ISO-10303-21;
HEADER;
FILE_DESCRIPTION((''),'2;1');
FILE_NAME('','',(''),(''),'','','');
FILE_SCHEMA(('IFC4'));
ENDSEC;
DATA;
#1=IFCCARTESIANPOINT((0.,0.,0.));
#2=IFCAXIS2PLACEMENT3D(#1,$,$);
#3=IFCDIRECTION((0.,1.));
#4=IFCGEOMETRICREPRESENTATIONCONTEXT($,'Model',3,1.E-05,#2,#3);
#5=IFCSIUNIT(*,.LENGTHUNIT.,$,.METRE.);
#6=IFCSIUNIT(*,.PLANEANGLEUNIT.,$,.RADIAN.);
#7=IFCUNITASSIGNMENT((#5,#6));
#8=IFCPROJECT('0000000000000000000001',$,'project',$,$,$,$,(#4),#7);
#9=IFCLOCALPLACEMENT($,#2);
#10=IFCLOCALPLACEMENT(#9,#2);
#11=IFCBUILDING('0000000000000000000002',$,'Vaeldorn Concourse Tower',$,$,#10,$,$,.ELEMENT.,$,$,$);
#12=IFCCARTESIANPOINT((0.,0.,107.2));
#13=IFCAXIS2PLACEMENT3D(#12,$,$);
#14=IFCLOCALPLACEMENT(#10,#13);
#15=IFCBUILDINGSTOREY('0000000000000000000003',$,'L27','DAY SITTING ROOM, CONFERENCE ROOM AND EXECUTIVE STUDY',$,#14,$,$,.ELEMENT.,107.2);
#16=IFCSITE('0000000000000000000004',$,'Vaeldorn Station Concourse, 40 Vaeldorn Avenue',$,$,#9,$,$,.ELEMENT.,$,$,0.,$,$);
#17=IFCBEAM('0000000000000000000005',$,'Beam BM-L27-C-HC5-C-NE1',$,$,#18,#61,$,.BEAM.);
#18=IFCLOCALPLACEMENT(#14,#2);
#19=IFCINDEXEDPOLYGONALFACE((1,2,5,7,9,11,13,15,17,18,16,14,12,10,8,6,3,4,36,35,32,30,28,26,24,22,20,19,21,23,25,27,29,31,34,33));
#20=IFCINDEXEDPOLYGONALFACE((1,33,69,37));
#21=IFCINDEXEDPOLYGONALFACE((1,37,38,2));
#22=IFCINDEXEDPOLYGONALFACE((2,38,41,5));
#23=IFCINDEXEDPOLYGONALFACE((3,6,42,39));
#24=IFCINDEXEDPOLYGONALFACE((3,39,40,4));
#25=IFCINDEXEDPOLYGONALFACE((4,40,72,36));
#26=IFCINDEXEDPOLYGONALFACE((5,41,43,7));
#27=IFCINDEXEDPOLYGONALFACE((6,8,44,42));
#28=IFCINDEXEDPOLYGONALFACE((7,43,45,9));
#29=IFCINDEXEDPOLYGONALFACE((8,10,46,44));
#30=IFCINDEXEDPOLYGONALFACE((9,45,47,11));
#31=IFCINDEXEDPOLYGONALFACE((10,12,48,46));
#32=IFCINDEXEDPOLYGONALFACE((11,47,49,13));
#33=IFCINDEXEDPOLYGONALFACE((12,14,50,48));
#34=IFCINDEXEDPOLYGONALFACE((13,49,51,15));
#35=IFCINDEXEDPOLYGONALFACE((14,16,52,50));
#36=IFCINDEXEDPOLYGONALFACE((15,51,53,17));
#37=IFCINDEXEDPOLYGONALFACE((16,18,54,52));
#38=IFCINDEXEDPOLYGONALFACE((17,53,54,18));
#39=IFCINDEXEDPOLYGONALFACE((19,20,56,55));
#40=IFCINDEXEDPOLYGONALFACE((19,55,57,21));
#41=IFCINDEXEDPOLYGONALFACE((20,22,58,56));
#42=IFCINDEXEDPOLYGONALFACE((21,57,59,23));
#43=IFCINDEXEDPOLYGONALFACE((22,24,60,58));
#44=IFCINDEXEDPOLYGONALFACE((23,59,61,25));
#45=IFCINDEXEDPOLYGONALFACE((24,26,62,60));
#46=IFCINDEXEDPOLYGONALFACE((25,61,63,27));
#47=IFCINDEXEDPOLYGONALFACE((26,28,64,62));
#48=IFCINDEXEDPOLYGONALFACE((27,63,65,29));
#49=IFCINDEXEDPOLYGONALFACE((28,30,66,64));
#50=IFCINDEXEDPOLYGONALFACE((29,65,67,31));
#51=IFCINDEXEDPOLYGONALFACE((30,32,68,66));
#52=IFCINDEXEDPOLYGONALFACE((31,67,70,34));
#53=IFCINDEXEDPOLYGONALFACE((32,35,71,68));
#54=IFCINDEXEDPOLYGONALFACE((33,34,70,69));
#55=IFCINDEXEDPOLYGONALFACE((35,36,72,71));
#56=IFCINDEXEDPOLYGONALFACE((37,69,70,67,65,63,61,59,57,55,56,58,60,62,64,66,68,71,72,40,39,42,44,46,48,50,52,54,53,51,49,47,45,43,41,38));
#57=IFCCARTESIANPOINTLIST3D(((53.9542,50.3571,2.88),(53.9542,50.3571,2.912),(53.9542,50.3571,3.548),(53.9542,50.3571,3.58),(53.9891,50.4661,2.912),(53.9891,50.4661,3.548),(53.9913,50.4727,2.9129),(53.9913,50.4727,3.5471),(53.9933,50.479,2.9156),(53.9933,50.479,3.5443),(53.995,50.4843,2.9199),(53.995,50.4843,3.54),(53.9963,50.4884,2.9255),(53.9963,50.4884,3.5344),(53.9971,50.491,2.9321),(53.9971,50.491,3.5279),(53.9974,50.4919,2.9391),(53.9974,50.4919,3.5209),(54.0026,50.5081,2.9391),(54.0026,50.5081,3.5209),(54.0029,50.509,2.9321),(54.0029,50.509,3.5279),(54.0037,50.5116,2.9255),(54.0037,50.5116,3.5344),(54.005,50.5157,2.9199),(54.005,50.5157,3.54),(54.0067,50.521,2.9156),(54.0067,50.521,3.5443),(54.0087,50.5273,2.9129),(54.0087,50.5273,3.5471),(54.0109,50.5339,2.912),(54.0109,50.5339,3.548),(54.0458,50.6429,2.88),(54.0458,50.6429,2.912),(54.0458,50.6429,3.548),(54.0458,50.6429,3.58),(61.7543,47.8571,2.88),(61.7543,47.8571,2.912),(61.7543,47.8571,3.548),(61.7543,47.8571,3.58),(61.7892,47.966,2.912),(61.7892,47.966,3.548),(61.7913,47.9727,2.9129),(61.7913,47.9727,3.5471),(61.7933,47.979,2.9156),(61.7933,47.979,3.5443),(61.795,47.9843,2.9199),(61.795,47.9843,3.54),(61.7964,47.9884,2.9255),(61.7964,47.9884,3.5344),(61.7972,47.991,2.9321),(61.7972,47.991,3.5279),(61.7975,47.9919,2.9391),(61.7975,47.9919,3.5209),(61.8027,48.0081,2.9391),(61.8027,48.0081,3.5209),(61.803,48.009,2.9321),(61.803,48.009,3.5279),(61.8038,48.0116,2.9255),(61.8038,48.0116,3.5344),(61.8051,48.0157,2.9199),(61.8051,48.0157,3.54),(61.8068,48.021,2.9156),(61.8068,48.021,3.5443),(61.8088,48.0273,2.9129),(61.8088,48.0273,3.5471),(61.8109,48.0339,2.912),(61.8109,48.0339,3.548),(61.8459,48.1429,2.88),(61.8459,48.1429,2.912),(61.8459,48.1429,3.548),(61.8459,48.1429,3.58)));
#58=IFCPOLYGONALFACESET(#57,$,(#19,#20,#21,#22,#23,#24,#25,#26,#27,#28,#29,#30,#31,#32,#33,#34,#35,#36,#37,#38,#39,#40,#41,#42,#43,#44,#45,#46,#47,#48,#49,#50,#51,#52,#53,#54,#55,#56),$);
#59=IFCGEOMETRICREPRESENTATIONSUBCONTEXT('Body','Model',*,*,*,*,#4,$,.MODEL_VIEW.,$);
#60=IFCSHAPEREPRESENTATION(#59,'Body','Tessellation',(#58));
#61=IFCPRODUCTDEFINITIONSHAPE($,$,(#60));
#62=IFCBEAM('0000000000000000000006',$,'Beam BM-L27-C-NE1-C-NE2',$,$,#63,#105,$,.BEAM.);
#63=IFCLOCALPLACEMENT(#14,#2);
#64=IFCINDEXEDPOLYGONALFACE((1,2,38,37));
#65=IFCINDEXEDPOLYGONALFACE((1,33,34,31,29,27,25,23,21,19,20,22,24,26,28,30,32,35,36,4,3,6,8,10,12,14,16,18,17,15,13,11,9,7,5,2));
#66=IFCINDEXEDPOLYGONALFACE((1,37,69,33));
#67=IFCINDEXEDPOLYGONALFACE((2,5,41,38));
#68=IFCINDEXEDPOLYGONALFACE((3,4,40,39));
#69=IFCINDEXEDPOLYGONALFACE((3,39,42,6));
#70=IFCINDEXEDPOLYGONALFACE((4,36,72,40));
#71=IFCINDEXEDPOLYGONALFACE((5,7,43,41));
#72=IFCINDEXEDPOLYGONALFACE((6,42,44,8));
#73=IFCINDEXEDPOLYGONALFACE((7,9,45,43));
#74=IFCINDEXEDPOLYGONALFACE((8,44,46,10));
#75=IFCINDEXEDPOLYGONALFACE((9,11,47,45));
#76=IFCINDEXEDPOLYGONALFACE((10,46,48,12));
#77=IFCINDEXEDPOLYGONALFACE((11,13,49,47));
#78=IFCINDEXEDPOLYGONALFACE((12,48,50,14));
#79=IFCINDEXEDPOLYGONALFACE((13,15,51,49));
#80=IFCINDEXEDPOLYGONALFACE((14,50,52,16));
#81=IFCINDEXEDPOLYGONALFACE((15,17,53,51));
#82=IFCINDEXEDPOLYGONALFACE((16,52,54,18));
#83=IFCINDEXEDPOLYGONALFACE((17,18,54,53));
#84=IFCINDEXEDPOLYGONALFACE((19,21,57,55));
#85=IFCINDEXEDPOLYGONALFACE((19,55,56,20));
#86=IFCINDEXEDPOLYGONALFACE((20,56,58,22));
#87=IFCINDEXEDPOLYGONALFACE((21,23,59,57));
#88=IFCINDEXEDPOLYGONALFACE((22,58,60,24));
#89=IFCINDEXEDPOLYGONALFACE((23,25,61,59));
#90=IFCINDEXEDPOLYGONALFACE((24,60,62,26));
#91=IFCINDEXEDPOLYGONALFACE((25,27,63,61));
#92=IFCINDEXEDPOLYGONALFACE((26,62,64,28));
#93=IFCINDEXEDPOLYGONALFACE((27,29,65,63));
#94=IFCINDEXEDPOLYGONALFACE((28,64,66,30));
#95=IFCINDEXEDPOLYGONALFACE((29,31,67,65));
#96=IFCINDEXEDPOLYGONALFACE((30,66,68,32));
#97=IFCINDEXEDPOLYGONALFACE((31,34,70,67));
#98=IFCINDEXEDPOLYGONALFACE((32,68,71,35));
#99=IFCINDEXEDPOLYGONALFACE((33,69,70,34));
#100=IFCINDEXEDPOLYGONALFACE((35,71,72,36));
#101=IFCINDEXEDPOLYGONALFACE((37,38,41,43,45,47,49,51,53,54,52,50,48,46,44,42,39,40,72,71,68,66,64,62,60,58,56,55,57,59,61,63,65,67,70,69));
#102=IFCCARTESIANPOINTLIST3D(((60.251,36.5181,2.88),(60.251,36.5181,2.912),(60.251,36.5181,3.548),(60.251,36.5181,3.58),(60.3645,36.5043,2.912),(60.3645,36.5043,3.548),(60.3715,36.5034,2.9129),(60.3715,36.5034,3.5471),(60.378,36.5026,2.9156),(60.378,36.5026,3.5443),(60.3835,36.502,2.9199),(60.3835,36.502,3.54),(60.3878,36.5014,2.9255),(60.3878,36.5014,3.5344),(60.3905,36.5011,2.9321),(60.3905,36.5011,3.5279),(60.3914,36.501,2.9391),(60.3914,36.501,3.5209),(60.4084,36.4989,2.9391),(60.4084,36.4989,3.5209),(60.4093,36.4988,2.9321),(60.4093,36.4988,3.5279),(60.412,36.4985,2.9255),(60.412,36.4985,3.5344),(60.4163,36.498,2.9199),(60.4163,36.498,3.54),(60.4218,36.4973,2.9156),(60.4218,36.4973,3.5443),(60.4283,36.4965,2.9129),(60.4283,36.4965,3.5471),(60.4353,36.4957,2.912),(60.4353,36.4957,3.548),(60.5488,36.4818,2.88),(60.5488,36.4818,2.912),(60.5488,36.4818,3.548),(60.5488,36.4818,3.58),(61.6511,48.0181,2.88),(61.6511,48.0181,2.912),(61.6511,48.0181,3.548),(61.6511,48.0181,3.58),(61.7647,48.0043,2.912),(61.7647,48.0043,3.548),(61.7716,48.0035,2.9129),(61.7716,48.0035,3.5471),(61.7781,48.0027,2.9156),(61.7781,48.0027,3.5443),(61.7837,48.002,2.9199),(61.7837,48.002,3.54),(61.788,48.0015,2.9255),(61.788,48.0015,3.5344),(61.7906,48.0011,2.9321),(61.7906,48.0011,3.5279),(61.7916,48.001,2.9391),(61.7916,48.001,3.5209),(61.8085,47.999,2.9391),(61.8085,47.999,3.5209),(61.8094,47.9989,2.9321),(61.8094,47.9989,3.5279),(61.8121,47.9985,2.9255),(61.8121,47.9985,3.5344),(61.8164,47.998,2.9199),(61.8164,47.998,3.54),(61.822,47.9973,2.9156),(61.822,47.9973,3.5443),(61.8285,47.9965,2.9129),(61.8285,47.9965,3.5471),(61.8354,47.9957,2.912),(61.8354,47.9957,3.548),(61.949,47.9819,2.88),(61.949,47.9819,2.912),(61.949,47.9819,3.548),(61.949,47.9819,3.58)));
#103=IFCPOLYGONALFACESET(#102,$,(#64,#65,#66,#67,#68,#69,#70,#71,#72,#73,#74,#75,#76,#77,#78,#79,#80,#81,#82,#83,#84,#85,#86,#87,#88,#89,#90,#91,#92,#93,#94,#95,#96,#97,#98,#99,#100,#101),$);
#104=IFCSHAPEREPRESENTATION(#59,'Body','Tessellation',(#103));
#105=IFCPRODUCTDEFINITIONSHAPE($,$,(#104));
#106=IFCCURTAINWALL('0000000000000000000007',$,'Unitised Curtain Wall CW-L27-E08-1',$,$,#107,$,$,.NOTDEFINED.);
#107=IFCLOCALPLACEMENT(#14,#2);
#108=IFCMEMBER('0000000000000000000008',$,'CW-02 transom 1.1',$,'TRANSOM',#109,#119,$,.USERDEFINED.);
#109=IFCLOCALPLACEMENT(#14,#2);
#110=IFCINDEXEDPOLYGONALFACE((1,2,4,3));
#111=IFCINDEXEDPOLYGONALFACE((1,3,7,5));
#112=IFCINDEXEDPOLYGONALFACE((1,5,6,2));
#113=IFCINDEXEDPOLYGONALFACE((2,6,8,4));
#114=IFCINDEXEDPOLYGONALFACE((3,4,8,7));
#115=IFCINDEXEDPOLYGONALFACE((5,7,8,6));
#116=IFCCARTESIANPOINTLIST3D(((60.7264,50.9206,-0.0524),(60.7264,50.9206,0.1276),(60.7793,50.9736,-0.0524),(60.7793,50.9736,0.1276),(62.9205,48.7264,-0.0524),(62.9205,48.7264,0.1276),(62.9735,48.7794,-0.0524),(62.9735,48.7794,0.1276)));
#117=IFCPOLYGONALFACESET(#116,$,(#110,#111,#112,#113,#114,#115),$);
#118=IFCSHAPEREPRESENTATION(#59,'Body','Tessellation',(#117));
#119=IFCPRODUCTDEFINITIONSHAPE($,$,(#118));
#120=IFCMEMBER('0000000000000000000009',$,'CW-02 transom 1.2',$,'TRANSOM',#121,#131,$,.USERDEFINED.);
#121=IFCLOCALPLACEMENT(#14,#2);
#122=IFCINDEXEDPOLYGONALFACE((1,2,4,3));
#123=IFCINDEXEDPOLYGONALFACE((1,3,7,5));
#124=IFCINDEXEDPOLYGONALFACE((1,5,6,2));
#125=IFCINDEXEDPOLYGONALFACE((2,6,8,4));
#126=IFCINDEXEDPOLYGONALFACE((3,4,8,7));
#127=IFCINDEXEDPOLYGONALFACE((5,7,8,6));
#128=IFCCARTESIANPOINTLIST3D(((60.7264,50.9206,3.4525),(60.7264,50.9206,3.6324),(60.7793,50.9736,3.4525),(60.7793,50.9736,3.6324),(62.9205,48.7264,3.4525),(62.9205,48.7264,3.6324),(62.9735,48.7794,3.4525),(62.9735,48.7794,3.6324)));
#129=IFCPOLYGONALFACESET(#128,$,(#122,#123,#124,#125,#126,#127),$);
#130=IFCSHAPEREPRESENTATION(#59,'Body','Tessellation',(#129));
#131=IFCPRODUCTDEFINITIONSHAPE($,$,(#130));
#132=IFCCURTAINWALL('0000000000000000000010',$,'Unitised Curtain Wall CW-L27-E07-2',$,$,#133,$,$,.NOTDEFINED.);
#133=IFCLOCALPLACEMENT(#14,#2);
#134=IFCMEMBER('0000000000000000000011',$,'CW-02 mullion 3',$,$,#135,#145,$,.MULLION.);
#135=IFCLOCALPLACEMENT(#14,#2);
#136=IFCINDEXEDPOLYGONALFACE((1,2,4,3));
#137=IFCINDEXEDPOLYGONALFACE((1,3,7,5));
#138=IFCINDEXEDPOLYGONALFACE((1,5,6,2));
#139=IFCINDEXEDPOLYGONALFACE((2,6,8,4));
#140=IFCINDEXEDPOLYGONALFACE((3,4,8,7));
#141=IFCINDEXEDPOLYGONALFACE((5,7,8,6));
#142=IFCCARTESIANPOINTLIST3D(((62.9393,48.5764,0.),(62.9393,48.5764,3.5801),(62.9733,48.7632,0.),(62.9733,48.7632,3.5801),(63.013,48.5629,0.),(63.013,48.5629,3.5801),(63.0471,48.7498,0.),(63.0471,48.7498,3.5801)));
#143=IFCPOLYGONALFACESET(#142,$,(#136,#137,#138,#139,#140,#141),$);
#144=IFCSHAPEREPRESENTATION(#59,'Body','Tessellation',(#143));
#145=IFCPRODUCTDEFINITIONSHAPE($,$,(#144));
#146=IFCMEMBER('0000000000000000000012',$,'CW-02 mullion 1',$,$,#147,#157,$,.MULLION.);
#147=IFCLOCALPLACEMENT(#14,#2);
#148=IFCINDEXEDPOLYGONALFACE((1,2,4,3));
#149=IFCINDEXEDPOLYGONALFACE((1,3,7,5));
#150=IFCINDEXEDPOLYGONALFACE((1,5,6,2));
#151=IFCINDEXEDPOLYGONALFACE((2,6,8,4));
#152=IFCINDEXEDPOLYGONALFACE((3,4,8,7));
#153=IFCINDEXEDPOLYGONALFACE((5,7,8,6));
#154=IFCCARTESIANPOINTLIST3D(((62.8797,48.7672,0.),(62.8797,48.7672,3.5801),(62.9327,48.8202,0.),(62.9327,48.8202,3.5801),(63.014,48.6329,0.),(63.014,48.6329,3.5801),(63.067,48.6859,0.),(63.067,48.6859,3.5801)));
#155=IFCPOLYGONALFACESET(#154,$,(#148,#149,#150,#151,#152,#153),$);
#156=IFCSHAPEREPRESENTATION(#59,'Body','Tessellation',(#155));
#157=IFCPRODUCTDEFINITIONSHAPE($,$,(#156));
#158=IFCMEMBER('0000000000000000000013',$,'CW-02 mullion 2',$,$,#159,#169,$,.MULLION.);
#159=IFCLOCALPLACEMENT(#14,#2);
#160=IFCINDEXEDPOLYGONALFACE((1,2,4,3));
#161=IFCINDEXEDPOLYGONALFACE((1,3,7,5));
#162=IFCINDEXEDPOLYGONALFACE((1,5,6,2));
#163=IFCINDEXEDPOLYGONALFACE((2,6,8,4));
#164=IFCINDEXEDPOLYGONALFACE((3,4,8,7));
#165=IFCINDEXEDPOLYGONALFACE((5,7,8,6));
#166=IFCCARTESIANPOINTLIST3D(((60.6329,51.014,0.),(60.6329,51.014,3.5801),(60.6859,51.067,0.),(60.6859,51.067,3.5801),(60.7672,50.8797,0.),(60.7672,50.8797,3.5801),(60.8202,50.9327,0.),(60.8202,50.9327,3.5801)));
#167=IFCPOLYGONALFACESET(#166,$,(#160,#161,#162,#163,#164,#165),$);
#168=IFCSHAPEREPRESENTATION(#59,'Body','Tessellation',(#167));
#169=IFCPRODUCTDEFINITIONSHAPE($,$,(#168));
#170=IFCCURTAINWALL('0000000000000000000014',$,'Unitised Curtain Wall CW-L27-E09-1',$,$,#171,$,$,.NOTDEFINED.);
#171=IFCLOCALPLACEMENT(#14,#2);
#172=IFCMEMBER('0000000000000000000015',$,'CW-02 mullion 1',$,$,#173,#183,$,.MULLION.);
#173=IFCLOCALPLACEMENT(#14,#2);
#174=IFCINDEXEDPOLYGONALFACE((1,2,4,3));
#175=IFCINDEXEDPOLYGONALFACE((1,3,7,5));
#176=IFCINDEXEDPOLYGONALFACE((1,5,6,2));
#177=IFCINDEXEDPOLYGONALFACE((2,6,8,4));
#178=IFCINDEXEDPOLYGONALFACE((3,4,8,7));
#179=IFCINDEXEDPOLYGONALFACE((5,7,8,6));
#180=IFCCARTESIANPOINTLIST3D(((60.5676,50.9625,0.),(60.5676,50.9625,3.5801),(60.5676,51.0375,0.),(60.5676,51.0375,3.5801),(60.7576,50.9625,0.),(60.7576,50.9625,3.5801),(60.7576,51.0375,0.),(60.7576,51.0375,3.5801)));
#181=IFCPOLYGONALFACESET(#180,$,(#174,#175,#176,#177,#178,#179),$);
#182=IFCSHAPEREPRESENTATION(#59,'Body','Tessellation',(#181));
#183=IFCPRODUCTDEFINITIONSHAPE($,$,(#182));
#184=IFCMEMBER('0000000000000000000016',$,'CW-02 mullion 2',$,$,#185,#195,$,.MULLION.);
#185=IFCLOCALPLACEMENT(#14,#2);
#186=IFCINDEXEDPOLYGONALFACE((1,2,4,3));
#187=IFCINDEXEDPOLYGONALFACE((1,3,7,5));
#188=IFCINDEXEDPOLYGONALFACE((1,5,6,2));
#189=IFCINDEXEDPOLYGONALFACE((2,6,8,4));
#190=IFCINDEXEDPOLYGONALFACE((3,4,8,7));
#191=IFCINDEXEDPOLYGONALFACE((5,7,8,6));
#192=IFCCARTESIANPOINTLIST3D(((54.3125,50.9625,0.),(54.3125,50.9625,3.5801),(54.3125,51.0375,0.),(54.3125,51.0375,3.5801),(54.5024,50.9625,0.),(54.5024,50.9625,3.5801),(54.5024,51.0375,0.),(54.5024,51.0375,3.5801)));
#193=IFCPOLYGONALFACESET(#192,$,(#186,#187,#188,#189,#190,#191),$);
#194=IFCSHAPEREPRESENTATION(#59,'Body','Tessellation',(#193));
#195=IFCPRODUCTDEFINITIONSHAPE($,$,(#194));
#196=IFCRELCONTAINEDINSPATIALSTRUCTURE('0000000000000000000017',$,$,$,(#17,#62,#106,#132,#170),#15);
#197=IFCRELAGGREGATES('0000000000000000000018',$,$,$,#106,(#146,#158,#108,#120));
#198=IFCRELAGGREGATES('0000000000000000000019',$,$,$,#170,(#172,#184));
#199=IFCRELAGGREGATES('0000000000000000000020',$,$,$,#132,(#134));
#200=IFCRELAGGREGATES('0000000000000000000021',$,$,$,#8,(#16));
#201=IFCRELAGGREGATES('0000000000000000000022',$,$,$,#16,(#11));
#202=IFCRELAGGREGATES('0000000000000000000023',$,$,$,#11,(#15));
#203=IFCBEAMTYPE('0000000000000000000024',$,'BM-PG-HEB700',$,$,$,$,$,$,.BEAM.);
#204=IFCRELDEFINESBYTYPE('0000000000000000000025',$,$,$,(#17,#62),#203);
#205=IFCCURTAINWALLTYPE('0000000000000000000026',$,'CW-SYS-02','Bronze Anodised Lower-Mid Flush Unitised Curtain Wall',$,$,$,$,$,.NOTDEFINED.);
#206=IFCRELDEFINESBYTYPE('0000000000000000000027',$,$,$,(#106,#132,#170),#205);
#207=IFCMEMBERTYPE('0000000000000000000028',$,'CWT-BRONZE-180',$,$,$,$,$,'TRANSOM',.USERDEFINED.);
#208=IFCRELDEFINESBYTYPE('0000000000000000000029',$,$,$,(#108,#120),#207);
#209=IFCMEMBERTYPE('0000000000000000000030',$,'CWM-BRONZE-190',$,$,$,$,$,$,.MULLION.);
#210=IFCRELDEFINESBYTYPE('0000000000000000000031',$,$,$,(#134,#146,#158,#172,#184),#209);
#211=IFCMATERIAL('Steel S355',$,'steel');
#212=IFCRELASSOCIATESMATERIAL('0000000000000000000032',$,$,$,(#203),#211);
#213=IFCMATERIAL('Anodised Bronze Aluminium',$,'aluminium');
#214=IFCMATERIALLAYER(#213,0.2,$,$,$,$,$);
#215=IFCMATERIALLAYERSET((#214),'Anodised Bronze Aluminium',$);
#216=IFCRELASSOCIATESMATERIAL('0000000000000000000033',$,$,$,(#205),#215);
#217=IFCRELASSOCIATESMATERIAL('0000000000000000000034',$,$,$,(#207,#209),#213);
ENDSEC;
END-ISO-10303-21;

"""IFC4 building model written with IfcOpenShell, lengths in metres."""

from ifc_helpers import new_model, si_unit, direction, frame, origin, origin_2d, place, context, subcontext, project, spatial, rectangle, i_section, extrude, source, transform, mapped, material, layer, layer_set, material_profile, profile_set, type_object, element, aggregate, save


model = new_model("IFC4")

# Units and contexts
model_context = context("Model", 3, precision=1e-05, world=origin(), true_north=direction((0.0, 1.0)))
body_context = subcontext(model_context, "Body", "Model", "MODEL_VIEW")
ifc_project = project(units=[si_unit("LENGTHUNIT", "METRE"), si_unit("PLANEANGLEUNIT", "RADIAN")], contexts=[model_context])

# Site, building, storey
site_placement = place(None, origin())
site = spatial("IfcSite", under=ifc_project, at=site_placement, Name="Vaeldorn Station Concourse, 40 Vaeldorn Avenue", CompositionType="ELEMENT", RefElevation=0.0)
building_placement = place(site_placement, origin())
building = spatial("IfcBuilding", under=site, at=building_placement, Name="Vaeldorn Concourse Tower", CompositionType="ELEMENT")
storey_placement = place(building_placement, frame((0.0, 0.0, 107.2)))
storey = spatial("IfcBuildingStorey", under=building, at=storey_placement, Name="L27", Description="DAY SITTING ROOM, CONFERENCE ROOM AND EXECUTIVE STUDY", CompositionType="ELEMENT", Elevation=107.2)

# Beams
ifc_material_1 = material(Name="Steel S355", Category="steel")
ifc_material_profile_1 = material_profile(ifc_material_1, i_section(OverallWidth=0.3, OverallDepth=0.7, WebThickness=0.0171, FlangeThickness=0.032, FilletRadius=0.0271, at=origin_2d()), Name="HEB 700")
ifc_profile_set_1 = profile_set([ifc_material_profile_1], Name="Steel S355")
beam_type_1 = type_object("IfcBeamType", Name="BM-PG-HEB700", PredefinedType="BEAM", material=ifc_profile_set_1)
shared_shape_1 = source(origin(), body_context, "Body", "SweptSolid", [
    extrude(i_section(OverallWidth=0.3, OverallDepth=0.7, WebThickness=0.0171, FlangeThickness=0.032, FilletRadius=0.0271, at=origin_2d()), origin(), (0.0, 0.0, 1.0), 8.1909),
])
beam_1_placement = place(storey_placement, frame((54.0, 50.5, 3.23), z_axis=(0.952283, -0.305217, 0.0), x_axis=(0.305217, 0.952283, 0.0)))
element("IfcBeam", 1, at=beam_1_placement, inside=storey, type_object=beam_type_1, Name="Beam BM-L27-C-HC5-C-NE1", PredefinedType="BEAM", context=body_context, shape_type="MappedRepresentation", body=[
    mapped(shared_shape_1, transform((0.0, 0.0, 0.0), scale=1.0)),
])
shared_shape_2 = source(origin(), body_context, "Body", "SweptSolid", [
    extrude(i_section(OverallWidth=0.3, OverallDepth=0.7, WebThickness=0.0171, FlangeThickness=0.032, FilletRadius=0.0271, at=origin_2d()), origin(), (0.0, 0.0, 1.0), 11.585),
])
beam_2_placement = place(storey_placement, frame((61.8, 48.0, 3.23), z_axis=(-0.120859, -0.99267, 0.0), x_axis=(0.99267, -0.120859, 0.0)))
element("IfcBeam", 2, at=beam_2_placement, inside=storey, type_object=beam_type_1, Name="Beam BM-L27-C-NE1-C-NE2", PredefinedType="BEAM", context=body_context, shape_type="MappedRepresentation", body=[
    mapped(shared_shape_2, transform((0.0, 0.0, 0.0), scale=1.0)),
])

# Curtain wall, members
ifc_material_2 = material(Name="Anodised Bronze Aluminium", Category="aluminium")
ifc_layer_1 = layer(ifc_material_2, 0.2)
ifc_layer_set_1 = layer_set([ifc_layer_1], Name="Anodised Bronze Aluminium")
curtain_wall_type = type_object("IfcCurtainWallType", Name="CW-SYS-02", Description="Bronze Anodised Lower-Mid Flush Unitised Curtain Wall", PredefinedType="NOTDEFINED", material=ifc_layer_set_1)
curtain_wall_1_placement = place(storey_placement, origin())
curtain_wall_1 = element("IfcCurtainWall", 3, at=curtain_wall_1_placement, inside=storey, type_object=curtain_wall_type, Name="Unitised Curtain Wall CW-L27-E08-1", PredefinedType="NOTDEFINED")
ifc_material_profile_2 = material_profile(ifc_material_2, rectangle(XDim=0.075, YDim=0.1799, at=origin_2d()), Name="CWT 75x180")
ifc_profile_set_2 = profile_set([ifc_material_profile_2], Name="Anodised Bronze Aluminium")
member_type_1 = type_object("IfcMemberType", Name="CWT-BRONZE-180", ElementType="TRANSOM", PredefinedType="USERDEFINED", material=ifc_profile_set_2)
shared_shape_3 = source(origin(), body_context, "Body", "SweptSolid", [
    extrude(rectangle(XDim=0.075, YDim=0.1799, at=origin_2d()), origin(), (0.0, 0.0, 1.0), 3.103),
])
member_1_placement = place(storey_placement, frame((62.947, 48.7529, 0.0376), z_axis=(-0.707107, 0.707107, 0.0), x_axis=(-0.707107, -0.707107, 0.0)))
member_1 = element("IfcMember", 4, at=member_1_placement, type_object=member_type_1, Name="CW-02 transom 1.1", ObjectType="TRANSOM", PredefinedType="USERDEFINED", context=body_context, shape_type="MappedRepresentation", body=[
    mapped(shared_shape_3, transform((0.0, 0.0, 0.0), scale=1.0)),
])
member_2_placement = place(storey_placement, frame((62.947, 48.7529, 3.5425), z_axis=(-0.707107, 0.707107, 0.0), x_axis=(-0.707107, -0.707107, 0.0)))
member_2 = element("IfcMember", 5, at=member_2_placement, type_object=member_type_1, Name="CW-02 transom 1.2", ObjectType="TRANSOM", PredefinedType="USERDEFINED", context=body_context, shape_type="MappedRepresentation", body=[
    mapped(shared_shape_3, transform((0.0, 0.0, 0.0), scale=1.0)),
])

# Curtain wall, member
curtain_wall_2_placement = place(storey_placement, origin())
curtain_wall_2 = element("IfcCurtainWall", 6, at=curtain_wall_2_placement, inside=storey, type_object=curtain_wall_type, Name="Unitised Curtain Wall CW-L27-E07-2", PredefinedType="NOTDEFINED")
ifc_material_profile_3 = material_profile(ifc_material_2, rectangle(XDim=0.075, YDim=0.1899, at=origin_2d()), Name="CWM 75x190")
ifc_profile_set_3 = profile_set([ifc_material_profile_3], Name="Anodised Bronze Aluminium")
member_type_2 = type_object("IfcMemberType", Name="CWM-BRONZE-190", PredefinedType="MULLION", material=ifc_profile_set_3)
shared_shape_4 = source(origin(), body_context, "Body", "SweptSolid", [
    extrude(rectangle(XDim=0.075, YDim=0.1899, at=origin_2d()), origin(), (0.0, 0.0, 1.0), 3.5801),
])
member_3_placement = place(storey_placement, frame((62.9932, 48.6631, 0.0), z_axis=(0.0, 0.0, 1.0), x_axis=(-0.983796, 0.179293, 0.0)))
member_3 = element("IfcMember", 7, at=member_3_placement, type_object=member_type_2, Name="CW-02 mullion 3", PredefinedType="MULLION", context=body_context, shape_type="MappedRepresentation", body=[
    mapped(shared_shape_4, transform((0.0, 0.0, 0.0), scale=1.0)),
])

# Members
member_4_placement = place(storey_placement, frame((62.9734, 48.7266, 0.0), z_axis=(0.0, 0.0, 1.0), x_axis=(-0.707107, -0.707107, 0.0)))
member_4 = element("IfcMember", 8, at=member_4_placement, type_object=member_type_2, Name="CW-02 mullion 1", PredefinedType="MULLION", context=body_context, shape_type="MappedRepresentation", body=[
    mapped(shared_shape_4, transform((0.0, 0.0, 0.0), scale=1.0)),
])
member_5_placement = place(storey_placement, frame((60.7266, 50.9734, 0.0), z_axis=(0.0, 0.0, 1.0), x_axis=(-0.707107, -0.707107, 0.0)))
member_5 = element("IfcMember", 9, at=member_5_placement, type_object=member_type_2, Name="CW-02 mullion 2", PredefinedType="MULLION", context=body_context, shape_type="MappedRepresentation", body=[
    mapped(shared_shape_4, transform((0.0, 0.0, 0.0), scale=1.0)),
])

# Curtain wall, members
curtain_wall_3_placement = place(storey_placement, origin())
curtain_wall_3 = element("IfcCurtainWall", 10, at=curtain_wall_3_placement, inside=storey, type_object=curtain_wall_type, Name="Unitised Curtain Wall CW-L27-E09-1", PredefinedType="NOTDEFINED")
member_6_placement = place(storey_placement, frame((60.6626, 51.0, 0.0), z_axis=(0.0, 0.0, 1.0), x_axis=(0.0, -1.0, 0.0)))
member_6 = element("IfcMember", 11, at=member_6_placement, type_object=member_type_2, Name="CW-02 mullion 1", PredefinedType="MULLION", context=body_context, shape_type="MappedRepresentation", body=[
    mapped(shared_shape_4, transform((0.0, 0.0, 0.0), scale=1.0)),
])
member_7_placement = place(storey_placement, frame((54.4075, 51.0, 0.0), z_axis=(0.0, 0.0, 1.0), x_axis=(0.0, -1.0, 0.0)))
member_7 = element("IfcMember", 12, at=member_7_placement, type_object=member_type_2, Name="CW-02 mullion 2", PredefinedType="MULLION", context=body_context, shape_type="MappedRepresentation", body=[
    mapped(shared_shape_4, transform((0.0, 0.0, 0.0), scale=1.0)),
])

aggregate(curtain_wall_1, [member_4, member_5, member_1, member_2])
aggregate(curtain_wall_3, [member_6, member_7])
aggregate(curtain_wall_2, [member_3])

save(model, "model.ifc")
